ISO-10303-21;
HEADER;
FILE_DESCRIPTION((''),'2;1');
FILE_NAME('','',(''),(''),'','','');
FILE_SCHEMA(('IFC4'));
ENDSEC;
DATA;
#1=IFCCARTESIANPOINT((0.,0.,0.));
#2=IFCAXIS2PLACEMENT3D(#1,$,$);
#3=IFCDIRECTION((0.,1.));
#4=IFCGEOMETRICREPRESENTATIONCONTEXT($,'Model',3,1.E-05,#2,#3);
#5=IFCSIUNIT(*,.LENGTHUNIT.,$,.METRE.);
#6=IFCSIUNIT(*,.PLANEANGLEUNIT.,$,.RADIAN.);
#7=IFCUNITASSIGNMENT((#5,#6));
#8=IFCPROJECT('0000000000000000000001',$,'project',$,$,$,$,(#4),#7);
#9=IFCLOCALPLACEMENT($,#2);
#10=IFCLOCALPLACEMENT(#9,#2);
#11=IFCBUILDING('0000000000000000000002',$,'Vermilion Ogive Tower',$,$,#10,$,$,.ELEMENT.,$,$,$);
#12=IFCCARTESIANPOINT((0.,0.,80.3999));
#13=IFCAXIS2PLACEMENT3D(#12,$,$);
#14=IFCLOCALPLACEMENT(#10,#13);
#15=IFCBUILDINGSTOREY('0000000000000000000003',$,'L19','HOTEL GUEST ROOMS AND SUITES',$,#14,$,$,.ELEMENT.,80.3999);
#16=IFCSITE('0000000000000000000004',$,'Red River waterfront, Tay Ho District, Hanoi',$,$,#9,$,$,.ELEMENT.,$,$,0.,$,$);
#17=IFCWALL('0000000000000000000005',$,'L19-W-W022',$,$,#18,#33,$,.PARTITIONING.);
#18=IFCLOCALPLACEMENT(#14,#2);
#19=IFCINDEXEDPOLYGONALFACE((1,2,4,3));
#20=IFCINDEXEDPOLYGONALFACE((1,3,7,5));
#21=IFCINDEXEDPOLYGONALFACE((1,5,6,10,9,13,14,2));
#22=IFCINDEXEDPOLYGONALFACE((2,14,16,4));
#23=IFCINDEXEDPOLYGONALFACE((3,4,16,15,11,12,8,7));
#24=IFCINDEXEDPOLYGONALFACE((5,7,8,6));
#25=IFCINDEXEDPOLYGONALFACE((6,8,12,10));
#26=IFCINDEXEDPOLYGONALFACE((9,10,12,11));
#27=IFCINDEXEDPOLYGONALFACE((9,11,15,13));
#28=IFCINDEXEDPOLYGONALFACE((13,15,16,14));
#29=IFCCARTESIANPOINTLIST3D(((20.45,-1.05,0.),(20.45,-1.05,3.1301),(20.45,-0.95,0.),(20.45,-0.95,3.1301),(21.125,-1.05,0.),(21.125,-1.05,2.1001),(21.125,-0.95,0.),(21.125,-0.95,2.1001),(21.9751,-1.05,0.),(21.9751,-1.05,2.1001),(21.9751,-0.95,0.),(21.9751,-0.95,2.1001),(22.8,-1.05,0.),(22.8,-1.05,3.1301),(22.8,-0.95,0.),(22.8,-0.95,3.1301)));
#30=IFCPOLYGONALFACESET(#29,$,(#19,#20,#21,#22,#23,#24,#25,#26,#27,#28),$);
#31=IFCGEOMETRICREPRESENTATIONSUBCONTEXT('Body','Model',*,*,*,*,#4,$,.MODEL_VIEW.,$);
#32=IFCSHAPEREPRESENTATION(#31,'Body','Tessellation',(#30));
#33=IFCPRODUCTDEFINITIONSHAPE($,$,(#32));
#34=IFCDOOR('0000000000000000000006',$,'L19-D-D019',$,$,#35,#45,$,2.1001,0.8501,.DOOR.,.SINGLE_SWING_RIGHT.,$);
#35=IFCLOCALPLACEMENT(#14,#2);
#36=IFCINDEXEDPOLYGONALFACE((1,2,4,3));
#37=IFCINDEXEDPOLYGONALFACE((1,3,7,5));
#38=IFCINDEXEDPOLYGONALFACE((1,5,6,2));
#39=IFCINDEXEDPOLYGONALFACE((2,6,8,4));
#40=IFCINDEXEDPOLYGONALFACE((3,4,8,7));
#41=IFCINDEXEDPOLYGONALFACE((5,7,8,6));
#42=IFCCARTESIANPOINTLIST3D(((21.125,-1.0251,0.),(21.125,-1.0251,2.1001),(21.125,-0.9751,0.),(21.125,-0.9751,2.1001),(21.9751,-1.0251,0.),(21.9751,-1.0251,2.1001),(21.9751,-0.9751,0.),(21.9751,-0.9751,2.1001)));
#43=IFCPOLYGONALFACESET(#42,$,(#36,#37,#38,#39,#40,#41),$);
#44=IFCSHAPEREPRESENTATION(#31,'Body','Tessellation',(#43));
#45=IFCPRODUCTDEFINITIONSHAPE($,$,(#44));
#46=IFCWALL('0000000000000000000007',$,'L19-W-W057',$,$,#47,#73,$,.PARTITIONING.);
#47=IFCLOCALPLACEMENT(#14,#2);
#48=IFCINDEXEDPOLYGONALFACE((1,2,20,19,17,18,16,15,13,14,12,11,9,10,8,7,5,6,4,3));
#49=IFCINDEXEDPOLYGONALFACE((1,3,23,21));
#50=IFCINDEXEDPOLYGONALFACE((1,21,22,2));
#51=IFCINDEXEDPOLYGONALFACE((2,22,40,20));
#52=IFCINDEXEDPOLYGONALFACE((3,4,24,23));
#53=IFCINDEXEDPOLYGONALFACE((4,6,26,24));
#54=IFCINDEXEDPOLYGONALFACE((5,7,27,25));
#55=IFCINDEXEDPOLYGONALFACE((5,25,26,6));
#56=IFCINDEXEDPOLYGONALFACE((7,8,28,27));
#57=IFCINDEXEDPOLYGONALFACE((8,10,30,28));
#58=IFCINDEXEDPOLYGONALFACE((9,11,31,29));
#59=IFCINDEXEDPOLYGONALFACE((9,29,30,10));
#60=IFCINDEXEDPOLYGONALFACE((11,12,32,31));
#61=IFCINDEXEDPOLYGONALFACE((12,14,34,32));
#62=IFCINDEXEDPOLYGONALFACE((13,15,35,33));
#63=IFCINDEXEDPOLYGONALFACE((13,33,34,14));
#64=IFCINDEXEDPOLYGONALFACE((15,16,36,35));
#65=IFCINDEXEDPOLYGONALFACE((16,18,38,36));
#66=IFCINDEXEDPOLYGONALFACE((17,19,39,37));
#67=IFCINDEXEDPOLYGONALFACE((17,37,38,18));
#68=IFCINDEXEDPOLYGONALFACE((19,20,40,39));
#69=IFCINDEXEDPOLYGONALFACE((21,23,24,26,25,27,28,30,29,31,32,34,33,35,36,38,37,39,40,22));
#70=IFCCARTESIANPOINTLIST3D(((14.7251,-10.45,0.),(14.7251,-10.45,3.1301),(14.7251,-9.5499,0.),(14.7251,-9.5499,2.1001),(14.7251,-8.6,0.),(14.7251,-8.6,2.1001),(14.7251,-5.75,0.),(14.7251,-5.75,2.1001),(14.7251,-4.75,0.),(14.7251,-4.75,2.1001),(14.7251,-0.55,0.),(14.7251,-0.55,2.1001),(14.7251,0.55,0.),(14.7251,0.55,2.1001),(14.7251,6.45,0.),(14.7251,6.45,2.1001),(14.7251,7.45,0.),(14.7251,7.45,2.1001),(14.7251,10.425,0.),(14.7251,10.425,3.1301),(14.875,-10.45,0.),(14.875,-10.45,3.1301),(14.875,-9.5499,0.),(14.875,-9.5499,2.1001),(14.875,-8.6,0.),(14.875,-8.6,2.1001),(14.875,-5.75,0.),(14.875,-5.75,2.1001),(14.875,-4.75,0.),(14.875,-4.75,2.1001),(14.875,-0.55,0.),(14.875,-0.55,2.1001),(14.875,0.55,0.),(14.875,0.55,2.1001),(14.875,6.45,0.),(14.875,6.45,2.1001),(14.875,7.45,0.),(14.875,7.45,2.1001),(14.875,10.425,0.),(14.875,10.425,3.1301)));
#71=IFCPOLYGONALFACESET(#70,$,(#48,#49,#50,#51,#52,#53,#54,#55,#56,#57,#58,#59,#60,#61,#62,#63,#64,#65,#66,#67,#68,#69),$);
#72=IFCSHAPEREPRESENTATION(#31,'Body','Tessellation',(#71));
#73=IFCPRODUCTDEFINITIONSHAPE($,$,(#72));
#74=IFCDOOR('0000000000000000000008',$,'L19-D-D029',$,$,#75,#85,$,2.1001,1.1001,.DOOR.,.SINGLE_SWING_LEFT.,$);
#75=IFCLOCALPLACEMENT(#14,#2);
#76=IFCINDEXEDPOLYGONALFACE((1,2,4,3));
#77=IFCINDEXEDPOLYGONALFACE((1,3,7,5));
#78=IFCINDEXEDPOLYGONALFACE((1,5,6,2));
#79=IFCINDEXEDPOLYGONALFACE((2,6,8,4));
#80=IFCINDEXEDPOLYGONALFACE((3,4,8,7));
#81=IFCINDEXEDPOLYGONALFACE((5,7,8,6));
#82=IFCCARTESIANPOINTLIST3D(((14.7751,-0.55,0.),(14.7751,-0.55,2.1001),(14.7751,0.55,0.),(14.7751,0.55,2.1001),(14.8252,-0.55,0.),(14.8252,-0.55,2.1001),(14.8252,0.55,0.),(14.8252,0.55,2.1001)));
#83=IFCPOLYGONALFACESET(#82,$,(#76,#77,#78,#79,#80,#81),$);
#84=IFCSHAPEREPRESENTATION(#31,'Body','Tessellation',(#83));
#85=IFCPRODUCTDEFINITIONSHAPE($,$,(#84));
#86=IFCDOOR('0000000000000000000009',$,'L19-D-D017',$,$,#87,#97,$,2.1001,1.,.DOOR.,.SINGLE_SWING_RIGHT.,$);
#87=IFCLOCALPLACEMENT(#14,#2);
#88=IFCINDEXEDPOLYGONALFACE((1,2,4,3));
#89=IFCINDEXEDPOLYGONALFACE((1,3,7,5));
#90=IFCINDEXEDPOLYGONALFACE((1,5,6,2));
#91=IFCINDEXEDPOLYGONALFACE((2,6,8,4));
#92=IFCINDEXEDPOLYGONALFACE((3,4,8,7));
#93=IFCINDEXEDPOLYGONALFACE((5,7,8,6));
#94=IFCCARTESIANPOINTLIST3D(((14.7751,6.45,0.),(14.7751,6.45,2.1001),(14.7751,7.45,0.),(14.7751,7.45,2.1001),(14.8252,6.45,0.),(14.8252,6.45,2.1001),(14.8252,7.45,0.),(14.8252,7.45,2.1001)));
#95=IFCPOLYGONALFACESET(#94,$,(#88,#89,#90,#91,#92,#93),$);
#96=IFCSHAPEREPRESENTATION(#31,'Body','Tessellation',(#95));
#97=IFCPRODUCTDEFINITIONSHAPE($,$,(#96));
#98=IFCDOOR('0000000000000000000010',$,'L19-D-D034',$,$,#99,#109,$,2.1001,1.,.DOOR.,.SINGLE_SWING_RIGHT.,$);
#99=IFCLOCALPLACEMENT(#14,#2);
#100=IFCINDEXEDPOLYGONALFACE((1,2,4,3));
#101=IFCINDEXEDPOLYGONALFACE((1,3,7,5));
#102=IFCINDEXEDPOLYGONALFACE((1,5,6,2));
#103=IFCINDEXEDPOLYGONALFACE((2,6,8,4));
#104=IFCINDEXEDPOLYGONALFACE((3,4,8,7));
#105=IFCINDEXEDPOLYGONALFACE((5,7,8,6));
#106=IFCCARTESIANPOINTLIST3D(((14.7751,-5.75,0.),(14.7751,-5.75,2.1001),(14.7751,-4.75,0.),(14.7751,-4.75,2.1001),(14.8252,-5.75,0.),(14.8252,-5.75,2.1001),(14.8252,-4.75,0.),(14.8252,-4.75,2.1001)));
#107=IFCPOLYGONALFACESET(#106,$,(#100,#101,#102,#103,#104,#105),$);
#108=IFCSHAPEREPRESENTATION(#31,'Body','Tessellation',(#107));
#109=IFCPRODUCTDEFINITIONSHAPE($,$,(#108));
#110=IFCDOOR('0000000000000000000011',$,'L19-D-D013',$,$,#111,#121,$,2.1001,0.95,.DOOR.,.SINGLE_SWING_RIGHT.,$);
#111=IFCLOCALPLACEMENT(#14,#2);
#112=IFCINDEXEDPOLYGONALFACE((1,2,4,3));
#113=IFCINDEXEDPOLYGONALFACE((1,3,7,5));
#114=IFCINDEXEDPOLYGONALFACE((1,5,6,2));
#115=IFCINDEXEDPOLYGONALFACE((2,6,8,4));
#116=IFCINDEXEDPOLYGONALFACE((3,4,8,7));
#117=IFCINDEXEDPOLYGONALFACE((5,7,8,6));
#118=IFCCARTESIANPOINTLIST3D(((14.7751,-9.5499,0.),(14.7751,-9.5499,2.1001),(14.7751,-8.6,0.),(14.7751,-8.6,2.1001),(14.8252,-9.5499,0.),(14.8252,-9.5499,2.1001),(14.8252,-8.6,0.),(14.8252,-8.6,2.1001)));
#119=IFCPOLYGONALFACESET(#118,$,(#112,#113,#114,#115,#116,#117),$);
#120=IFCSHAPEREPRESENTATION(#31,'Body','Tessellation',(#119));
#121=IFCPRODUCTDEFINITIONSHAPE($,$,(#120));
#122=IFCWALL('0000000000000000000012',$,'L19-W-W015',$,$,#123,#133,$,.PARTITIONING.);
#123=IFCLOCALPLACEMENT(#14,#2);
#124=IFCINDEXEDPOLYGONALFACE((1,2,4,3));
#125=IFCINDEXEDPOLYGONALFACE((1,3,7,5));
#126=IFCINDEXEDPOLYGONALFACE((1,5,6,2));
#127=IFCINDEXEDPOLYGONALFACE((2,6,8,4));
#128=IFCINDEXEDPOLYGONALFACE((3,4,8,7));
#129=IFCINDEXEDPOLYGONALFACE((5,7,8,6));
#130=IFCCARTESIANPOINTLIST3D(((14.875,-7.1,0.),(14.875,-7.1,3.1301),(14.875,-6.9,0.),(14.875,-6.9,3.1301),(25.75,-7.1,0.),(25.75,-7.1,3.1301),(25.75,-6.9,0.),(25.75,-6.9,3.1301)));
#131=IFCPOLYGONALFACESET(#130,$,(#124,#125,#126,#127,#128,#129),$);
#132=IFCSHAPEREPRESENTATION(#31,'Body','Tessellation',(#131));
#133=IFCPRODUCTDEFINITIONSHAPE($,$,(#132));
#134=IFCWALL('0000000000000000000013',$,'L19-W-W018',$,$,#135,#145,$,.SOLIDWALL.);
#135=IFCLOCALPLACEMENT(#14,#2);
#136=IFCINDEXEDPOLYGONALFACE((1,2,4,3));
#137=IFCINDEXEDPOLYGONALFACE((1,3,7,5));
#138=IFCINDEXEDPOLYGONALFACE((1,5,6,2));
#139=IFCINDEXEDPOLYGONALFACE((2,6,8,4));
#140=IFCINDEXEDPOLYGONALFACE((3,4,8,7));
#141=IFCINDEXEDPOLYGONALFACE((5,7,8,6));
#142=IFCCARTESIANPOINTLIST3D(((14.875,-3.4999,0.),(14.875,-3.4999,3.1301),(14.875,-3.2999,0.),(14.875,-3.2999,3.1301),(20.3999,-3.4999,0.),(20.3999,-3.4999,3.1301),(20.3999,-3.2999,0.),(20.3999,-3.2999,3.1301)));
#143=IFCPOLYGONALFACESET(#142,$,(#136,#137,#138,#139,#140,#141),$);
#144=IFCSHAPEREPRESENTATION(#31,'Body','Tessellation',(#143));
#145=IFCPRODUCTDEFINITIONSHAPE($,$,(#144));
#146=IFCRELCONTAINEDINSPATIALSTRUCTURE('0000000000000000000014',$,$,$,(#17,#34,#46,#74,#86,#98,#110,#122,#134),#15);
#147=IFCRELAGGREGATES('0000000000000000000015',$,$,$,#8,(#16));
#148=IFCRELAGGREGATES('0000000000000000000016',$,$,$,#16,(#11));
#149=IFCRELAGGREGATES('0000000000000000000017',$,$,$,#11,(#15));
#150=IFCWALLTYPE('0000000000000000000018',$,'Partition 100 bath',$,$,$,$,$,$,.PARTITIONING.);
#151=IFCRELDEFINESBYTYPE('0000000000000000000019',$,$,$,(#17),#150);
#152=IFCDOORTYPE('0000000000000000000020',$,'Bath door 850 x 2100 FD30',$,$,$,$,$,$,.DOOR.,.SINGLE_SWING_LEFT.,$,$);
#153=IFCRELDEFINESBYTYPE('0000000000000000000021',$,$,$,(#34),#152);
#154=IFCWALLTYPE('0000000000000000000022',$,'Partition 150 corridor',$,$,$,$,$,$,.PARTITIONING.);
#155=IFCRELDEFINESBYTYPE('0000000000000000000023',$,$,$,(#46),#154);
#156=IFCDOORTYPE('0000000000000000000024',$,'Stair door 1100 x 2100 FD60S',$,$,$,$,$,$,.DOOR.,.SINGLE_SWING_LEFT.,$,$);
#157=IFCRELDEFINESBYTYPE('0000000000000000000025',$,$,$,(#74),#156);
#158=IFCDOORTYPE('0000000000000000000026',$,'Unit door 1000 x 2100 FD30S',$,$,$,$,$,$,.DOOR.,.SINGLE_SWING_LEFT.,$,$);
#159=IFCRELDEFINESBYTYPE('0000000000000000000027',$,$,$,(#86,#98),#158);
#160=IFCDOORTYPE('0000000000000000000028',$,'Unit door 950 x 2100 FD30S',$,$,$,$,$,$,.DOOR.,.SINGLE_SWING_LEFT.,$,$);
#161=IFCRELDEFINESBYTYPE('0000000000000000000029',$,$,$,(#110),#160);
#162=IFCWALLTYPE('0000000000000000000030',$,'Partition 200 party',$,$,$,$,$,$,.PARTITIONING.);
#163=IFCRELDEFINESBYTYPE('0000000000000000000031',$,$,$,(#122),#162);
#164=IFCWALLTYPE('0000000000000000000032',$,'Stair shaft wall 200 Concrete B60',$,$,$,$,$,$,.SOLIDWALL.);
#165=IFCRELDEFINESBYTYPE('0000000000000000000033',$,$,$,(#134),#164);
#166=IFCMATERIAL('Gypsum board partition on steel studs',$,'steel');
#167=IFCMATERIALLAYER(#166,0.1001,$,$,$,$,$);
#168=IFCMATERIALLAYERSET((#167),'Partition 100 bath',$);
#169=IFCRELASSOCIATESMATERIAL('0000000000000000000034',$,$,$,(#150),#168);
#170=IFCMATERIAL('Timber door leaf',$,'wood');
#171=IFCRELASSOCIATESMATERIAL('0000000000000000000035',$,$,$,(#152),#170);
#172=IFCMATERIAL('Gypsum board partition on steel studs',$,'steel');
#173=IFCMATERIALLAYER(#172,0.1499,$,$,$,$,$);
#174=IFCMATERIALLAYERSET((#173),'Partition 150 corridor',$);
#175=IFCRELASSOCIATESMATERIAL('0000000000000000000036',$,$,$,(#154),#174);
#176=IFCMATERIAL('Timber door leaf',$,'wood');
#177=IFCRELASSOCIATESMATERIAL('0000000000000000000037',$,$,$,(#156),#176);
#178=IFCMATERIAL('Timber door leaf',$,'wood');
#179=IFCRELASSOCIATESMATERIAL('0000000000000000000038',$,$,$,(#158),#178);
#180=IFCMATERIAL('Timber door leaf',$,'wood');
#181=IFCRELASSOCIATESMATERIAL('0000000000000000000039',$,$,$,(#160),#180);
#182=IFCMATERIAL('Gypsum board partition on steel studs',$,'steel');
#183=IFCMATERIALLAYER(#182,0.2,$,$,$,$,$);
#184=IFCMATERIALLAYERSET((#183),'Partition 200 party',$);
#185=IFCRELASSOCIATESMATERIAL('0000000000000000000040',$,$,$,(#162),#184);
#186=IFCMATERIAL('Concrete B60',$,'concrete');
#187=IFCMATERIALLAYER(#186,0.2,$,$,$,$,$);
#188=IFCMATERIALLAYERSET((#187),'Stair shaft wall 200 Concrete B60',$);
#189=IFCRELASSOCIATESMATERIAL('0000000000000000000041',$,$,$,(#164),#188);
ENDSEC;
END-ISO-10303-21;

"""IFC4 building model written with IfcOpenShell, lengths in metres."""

from ifc_helpers import new_model, si_unit, direction, frame, frame_2d, origin, place, context, subcontext, project, spatial, rectangle, extrude, material, layer, layer_set, type_object, element, fill, save


model = new_model("IFC4")

# Units and contexts
model_context = context("Model", 3, precision=1e-05, world=origin(), true_north=direction((0.0, 1.0)))
body_context = subcontext(model_context, "Body", "Model", "MODEL_VIEW")
ifc_project = project(units=[si_unit("LENGTHUNIT", "METRE"), si_unit("PLANEANGLEUNIT", "RADIAN")], contexts=[model_context])

# Site, building, storey
site_placement = place(None, origin())
site = spatial("IfcSite", under=ifc_project, at=site_placement, Name="Red River waterfront, Tay Ho District, Hanoi", CompositionType="ELEMENT", RefElevation=0.0)
building_placement = place(site_placement, origin())
building = spatial("IfcBuilding", under=site, at=building_placement, Name="Vermilion Ogive Tower", CompositionType="ELEMENT")
storey_placement = place(building_placement, frame((0.0, 0.0, 80.3999)))
storey = spatial("IfcBuildingStorey", under=building, at=storey_placement, Name="L19", Description="HOTEL GUEST ROOMS AND SUITES", CompositionType="ELEMENT", Elevation=80.3999)

# Shared definitions
ifc_material_1 = material(Name="Gypsum board partition on steel studs", Category="steel")
ifc_layer_1 = layer(ifc_material_1, 0.1001)
ifc_layer_set_1 = layer_set([ifc_layer_1], Name="Partition 100 bath")
wall_type_1 = type_object("IfcWallType", Name="Partition 100 bath", PredefinedType="PARTITIONING", material=ifc_layer_set_1)

# Wall, opening, door
wall_1_placement = place(storey_placement, frame((20.45, -1.0, 0.0), z_axis=(0.0, 0.0, 1.0), x_axis=(1.0, 0.0, 0.0)))
wall_1 = element("IfcWall", 1, at=wall_1_placement, inside=storey, type_object=wall_type_1, Name="L19-W-W022", PredefinedType="PARTITIONING", context=body_context, shape_type="SweptSolid", body=[
    extrude(rectangle(XDim=2.3501, YDim=0.1001, at=frame_2d((1.175, 0.0))), origin(), (0.0, 0.0, 1.0), 3.1301),
])
opening_1_placement = place(wall_1_placement, frame((0.675, 0.0, 0.0)))
opening_1 = element("IfcOpeningElement", 2, at=opening_1_placement, cuts=wall_1, PredefinedType="OPENING", context=body_context, shape_type="SweptSolid", body=[
    extrude(rectangle(XDim=0.8501, YDim=2.1001, at=frame_2d((0.425, 1.05))), frame((0.0, 0.0601, 0.0), z_axis=(0.0, -1.0, 0.0), x_axis=(1.0, 0.0, 0.0)), (0.0, 0.0, 1.0), 0.1201),
])
ifc_material_2 = material(Name="Timber door leaf", Category="wood")
door_type_1 = type_object("IfcDoorType", Name="Bath door 850 x 2100 FD30", OperationType="SINGLE_SWING_LEFT", PredefinedType="DOOR", material=ifc_material_2)
door_1_placement = place(opening_1_placement, origin())
door_1 = element("IfcDoor", 3, at=door_1_placement, inside=storey, type_object=door_type_1, Name="L19-D-D019", OperationType="SINGLE_SWING_RIGHT", OverallHeight=2.1001, OverallWidth=0.8501, PredefinedType="DOOR", context=body_context, shape_type="SweptSolid", body=[
    extrude(rectangle(XDim=0.8501, YDim=2.1001, at=frame_2d((0.425, 1.05))), frame((0.0, 0.0249, 0.0), z_axis=(0.0, -1.0, 0.0), x_axis=(1.0, 0.0, 0.0)), (0.0, 0.0, 1.0), 0.05),
])
fill(opening_1, door_1)

# Wall, openings, doors
ifc_material_3 = material(Name="Gypsum board partition on steel studs", Category="steel")
ifc_layer_2 = layer(ifc_material_3, 0.1499)
ifc_layer_set_2 = layer_set([ifc_layer_2], Name="Partition 150 corridor")
wall_type_2 = type_object("IfcWallType", Name="Partition 150 corridor", PredefinedType="PARTITIONING", material=ifc_layer_set_2)
wall_2_placement = place(storey_placement, frame((14.8, -10.45, 0.0), z_axis=(0.0, 0.0, 1.0), x_axis=(0.0, 1.0, 0.0)))
wall_2 = element("IfcWall", 4, at=wall_2_placement, inside=storey, type_object=wall_type_2, Name="L19-W-W057", PredefinedType="PARTITIONING", context=body_context, shape_type="SweptSolid", body=[
    extrude(rectangle(XDim=20.875, YDim=0.1499, at=frame_2d((10.4375, 0.0))), origin(), (0.0, 0.0, 1.0), 3.1301),
])
opening_2_placement = place(wall_2_placement, frame((0.8999, 0.0, 0.0)))
opening_2 = element("IfcOpeningElement", 5, at=opening_2_placement, cuts=wall_2, PredefinedType="OPENING", context=body_context, shape_type="SweptSolid", body=[
    extrude(rectangle(XDim=0.95, YDim=2.1001, at=frame_2d((0.4751, 1.05))), frame((0.0, 0.085, 0.0), z_axis=(0.0, -1.0, 0.0), x_axis=(1.0, 0.0, 0.0)), (0.0, 0.0, 1.0), 0.1699),
])
opening_3_placement = place(wall_2_placement, frame((16.8999, 0.0, 0.0)))
opening_3 = element("IfcOpeningElement", 6, at=opening_3_placement, cuts=wall_2, PredefinedType="OPENING", context=body_context, shape_type="SweptSolid", body=[
    extrude(rectangle(XDim=1.0, YDim=2.1001, at=frame_2d((0.5, 1.05))), frame((0.0, 0.085, 0.0), z_axis=(0.0, -1.0, 0.0), x_axis=(1.0, 0.0, 0.0)), (0.0, 0.0, 1.0), 0.1699),
])
opening_4_placement = place(wall_2_placement, frame((9.8999, 0.0, 0.0)))
opening_4 = element("IfcOpeningElement", 7, at=opening_4_placement, cuts=wall_2, PredefinedType="OPENING", context=body_context, shape_type="SweptSolid", body=[
    extrude(rectangle(XDim=1.1001, YDim=2.1001, at=frame_2d((0.55, 1.05))), frame((0.0, 0.085, 0.0), z_axis=(0.0, -1.0, 0.0), x_axis=(1.0, 0.0, 0.0)), (0.0, 0.0, 1.0), 0.1699),
])
opening_5_placement = place(wall_2_placement, frame((4.7, 0.0, 0.0)))
opening_5 = element("IfcOpeningElement", 8, at=opening_5_placement, cuts=wall_2, PredefinedType="OPENING", context=body_context, shape_type="SweptSolid", body=[
    extrude(rectangle(XDim=1.0, YDim=2.1001, at=frame_2d((0.5, 1.05))), frame((0.0, 0.085, 0.0), z_axis=(0.0, -1.0, 0.0), x_axis=(1.0, 0.0, 0.0)), (0.0, 0.0, 1.0), 0.1699),
])
ifc_material_4 = material(Name="Timber door leaf", Category="wood")
door_type_2 = type_object("IfcDoorType", Name="Stair door 1100 x 2100 FD60S", OperationType="SINGLE_SWING_LEFT", PredefinedType="DOOR", material=ifc_material_4)
door_2_placement = place(opening_4_placement, origin())
door_2 = element("IfcDoor", 9, at=door_2_placement, inside=storey, type_object=door_type_2, Name="L19-D-D029", OperationType="SINGLE_SWING_LEFT", OverallHeight=2.1001, OverallWidth=1.1001, PredefinedType="DOOR", context=body_context, shape_type="SweptSolid", body=[
    extrude(rectangle(XDim=1.1001, YDim=2.1001, at=frame_2d((0.55, 1.05))), frame((0.0, 0.0249, 0.0), z_axis=(0.0, -1.0, 0.0), x_axis=(1.0, 0.0, 0.0)), (0.0, 0.0, 1.0), 0.05),
])
fill(opening_4, door_2)
ifc_material_5 = material(Name="Timber door leaf", Category="wood")
door_type_3 = type_object("IfcDoorType", Name="Unit door 1000 x 2100 FD30S", OperationType="SINGLE_SWING_LEFT", PredefinedType="DOOR", material=ifc_material_5)
door_3_placement = place(opening_3_placement, origin())
door_3 = element("IfcDoor", 10, at=door_3_placement, inside=storey, type_object=door_type_3, Name="L19-D-D017", OperationType="SINGLE_SWING_RIGHT", OverallHeight=2.1001, OverallWidth=1.0, PredefinedType="DOOR", context=body_context, shape_type="SweptSolid", body=[
    extrude(rectangle(XDim=1.0, YDim=2.1001, at=frame_2d((0.5, 1.05))), frame((0.0, 0.0249, 0.0), z_axis=(0.0, -1.0, 0.0), x_axis=(1.0, 0.0, 0.0)), (0.0, 0.0, 1.0), 0.05),
])
fill(opening_3, door_3)
door_4_placement = place(opening_5_placement, origin())
door_4 = element("IfcDoor", 11, at=door_4_placement, inside=storey, type_object=door_type_3, Name="L19-D-D034", OperationType="SINGLE_SWING_RIGHT", OverallHeight=2.1001, OverallWidth=1.0, PredefinedType="DOOR", context=body_context, shape_type="SweptSolid", body=[
    extrude(rectangle(XDim=1.0, YDim=2.1001, at=frame_2d((0.5, 1.05))), frame((0.0, 0.0249, 0.0), z_axis=(0.0, -1.0, 0.0), x_axis=(1.0, 0.0, 0.0)), (0.0, 0.0, 1.0), 0.05),
])
fill(opening_5, door_4)
ifc_material_6 = material(Name="Timber door leaf", Category="wood")
door_type_4 = type_object("IfcDoorType", Name="Unit door 950 x 2100 FD30S", OperationType="SINGLE_SWING_LEFT", PredefinedType="DOOR", material=ifc_material_6)
door_5_placement = place(opening_2_placement, origin())
door_5 = element("IfcDoor", 12, at=door_5_placement, inside=storey, type_object=door_type_4, Name="L19-D-D013", OperationType="SINGLE_SWING_RIGHT", OverallHeight=2.1001, OverallWidth=0.95, PredefinedType="DOOR", context=body_context, shape_type="SweptSolid", body=[
    extrude(rectangle(XDim=0.95, YDim=2.1001, at=frame_2d((0.4751, 1.05))), frame((0.0, 0.0249, 0.0), z_axis=(0.0, -1.0, 0.0), x_axis=(1.0, 0.0, 0.0)), (0.0, 0.0, 1.0), 0.05),
])
fill(opening_2, door_5)

# Walls
ifc_material_7 = material(Name="Gypsum board partition on steel studs", Category="steel")
ifc_layer_3 = layer(ifc_material_7, 0.2)
ifc_layer_set_3 = layer_set([ifc_layer_3], Name="Partition 200 party")
wall_type_3 = type_object("IfcWallType", Name="Partition 200 party", PredefinedType="PARTITIONING", material=ifc_layer_set_3)
wall_3_placement = place(storey_placement, frame((14.875, -7.0, 0.0), z_axis=(0.0, 0.0, 1.0), x_axis=(1.0, 0.0, 0.0)))
element("IfcWall", 13, at=wall_3_placement, inside=storey, type_object=wall_type_3, Name="L19-W-W015", PredefinedType="PARTITIONING", context=body_context, shape_type="SweptSolid", body=[
    extrude(rectangle(XDim=10.875, YDim=0.2, at=frame_2d((5.4375, 0.0))), origin(), (0.0, 0.0, 1.0), 3.1301),
])
ifc_material_8 = material(Name="Concrete B60", Category="concrete")
ifc_layer_4 = layer(ifc_material_8, 0.2)
ifc_layer_set_4 = layer_set([ifc_layer_4], Name="Stair shaft wall 200 Concrete B60")
wall_type_4 = type_object("IfcWallType", Name="Stair shaft wall 200 Concrete B60", PredefinedType="SOLIDWALL", material=ifc_layer_set_4)
wall_4_placement = place(storey_placement, frame((14.875, -3.3999, 0.0), z_axis=(0.0, 0.0, 1.0), x_axis=(1.0, 0.0, 0.0)))
element("IfcWall", 14, at=wall_4_placement, inside=storey, type_object=wall_type_4, Name="L19-W-W018", PredefinedType="SOLIDWALL", context=body_context, shape_type="SweptSolid", body=[
    extrude(rectangle(XDim=5.5249, YDim=0.2, at=frame_2d((2.7625, 0.0))), origin(), (0.0, 0.0, 1.0), 3.1301),
])

save(model, "model.ifc")
